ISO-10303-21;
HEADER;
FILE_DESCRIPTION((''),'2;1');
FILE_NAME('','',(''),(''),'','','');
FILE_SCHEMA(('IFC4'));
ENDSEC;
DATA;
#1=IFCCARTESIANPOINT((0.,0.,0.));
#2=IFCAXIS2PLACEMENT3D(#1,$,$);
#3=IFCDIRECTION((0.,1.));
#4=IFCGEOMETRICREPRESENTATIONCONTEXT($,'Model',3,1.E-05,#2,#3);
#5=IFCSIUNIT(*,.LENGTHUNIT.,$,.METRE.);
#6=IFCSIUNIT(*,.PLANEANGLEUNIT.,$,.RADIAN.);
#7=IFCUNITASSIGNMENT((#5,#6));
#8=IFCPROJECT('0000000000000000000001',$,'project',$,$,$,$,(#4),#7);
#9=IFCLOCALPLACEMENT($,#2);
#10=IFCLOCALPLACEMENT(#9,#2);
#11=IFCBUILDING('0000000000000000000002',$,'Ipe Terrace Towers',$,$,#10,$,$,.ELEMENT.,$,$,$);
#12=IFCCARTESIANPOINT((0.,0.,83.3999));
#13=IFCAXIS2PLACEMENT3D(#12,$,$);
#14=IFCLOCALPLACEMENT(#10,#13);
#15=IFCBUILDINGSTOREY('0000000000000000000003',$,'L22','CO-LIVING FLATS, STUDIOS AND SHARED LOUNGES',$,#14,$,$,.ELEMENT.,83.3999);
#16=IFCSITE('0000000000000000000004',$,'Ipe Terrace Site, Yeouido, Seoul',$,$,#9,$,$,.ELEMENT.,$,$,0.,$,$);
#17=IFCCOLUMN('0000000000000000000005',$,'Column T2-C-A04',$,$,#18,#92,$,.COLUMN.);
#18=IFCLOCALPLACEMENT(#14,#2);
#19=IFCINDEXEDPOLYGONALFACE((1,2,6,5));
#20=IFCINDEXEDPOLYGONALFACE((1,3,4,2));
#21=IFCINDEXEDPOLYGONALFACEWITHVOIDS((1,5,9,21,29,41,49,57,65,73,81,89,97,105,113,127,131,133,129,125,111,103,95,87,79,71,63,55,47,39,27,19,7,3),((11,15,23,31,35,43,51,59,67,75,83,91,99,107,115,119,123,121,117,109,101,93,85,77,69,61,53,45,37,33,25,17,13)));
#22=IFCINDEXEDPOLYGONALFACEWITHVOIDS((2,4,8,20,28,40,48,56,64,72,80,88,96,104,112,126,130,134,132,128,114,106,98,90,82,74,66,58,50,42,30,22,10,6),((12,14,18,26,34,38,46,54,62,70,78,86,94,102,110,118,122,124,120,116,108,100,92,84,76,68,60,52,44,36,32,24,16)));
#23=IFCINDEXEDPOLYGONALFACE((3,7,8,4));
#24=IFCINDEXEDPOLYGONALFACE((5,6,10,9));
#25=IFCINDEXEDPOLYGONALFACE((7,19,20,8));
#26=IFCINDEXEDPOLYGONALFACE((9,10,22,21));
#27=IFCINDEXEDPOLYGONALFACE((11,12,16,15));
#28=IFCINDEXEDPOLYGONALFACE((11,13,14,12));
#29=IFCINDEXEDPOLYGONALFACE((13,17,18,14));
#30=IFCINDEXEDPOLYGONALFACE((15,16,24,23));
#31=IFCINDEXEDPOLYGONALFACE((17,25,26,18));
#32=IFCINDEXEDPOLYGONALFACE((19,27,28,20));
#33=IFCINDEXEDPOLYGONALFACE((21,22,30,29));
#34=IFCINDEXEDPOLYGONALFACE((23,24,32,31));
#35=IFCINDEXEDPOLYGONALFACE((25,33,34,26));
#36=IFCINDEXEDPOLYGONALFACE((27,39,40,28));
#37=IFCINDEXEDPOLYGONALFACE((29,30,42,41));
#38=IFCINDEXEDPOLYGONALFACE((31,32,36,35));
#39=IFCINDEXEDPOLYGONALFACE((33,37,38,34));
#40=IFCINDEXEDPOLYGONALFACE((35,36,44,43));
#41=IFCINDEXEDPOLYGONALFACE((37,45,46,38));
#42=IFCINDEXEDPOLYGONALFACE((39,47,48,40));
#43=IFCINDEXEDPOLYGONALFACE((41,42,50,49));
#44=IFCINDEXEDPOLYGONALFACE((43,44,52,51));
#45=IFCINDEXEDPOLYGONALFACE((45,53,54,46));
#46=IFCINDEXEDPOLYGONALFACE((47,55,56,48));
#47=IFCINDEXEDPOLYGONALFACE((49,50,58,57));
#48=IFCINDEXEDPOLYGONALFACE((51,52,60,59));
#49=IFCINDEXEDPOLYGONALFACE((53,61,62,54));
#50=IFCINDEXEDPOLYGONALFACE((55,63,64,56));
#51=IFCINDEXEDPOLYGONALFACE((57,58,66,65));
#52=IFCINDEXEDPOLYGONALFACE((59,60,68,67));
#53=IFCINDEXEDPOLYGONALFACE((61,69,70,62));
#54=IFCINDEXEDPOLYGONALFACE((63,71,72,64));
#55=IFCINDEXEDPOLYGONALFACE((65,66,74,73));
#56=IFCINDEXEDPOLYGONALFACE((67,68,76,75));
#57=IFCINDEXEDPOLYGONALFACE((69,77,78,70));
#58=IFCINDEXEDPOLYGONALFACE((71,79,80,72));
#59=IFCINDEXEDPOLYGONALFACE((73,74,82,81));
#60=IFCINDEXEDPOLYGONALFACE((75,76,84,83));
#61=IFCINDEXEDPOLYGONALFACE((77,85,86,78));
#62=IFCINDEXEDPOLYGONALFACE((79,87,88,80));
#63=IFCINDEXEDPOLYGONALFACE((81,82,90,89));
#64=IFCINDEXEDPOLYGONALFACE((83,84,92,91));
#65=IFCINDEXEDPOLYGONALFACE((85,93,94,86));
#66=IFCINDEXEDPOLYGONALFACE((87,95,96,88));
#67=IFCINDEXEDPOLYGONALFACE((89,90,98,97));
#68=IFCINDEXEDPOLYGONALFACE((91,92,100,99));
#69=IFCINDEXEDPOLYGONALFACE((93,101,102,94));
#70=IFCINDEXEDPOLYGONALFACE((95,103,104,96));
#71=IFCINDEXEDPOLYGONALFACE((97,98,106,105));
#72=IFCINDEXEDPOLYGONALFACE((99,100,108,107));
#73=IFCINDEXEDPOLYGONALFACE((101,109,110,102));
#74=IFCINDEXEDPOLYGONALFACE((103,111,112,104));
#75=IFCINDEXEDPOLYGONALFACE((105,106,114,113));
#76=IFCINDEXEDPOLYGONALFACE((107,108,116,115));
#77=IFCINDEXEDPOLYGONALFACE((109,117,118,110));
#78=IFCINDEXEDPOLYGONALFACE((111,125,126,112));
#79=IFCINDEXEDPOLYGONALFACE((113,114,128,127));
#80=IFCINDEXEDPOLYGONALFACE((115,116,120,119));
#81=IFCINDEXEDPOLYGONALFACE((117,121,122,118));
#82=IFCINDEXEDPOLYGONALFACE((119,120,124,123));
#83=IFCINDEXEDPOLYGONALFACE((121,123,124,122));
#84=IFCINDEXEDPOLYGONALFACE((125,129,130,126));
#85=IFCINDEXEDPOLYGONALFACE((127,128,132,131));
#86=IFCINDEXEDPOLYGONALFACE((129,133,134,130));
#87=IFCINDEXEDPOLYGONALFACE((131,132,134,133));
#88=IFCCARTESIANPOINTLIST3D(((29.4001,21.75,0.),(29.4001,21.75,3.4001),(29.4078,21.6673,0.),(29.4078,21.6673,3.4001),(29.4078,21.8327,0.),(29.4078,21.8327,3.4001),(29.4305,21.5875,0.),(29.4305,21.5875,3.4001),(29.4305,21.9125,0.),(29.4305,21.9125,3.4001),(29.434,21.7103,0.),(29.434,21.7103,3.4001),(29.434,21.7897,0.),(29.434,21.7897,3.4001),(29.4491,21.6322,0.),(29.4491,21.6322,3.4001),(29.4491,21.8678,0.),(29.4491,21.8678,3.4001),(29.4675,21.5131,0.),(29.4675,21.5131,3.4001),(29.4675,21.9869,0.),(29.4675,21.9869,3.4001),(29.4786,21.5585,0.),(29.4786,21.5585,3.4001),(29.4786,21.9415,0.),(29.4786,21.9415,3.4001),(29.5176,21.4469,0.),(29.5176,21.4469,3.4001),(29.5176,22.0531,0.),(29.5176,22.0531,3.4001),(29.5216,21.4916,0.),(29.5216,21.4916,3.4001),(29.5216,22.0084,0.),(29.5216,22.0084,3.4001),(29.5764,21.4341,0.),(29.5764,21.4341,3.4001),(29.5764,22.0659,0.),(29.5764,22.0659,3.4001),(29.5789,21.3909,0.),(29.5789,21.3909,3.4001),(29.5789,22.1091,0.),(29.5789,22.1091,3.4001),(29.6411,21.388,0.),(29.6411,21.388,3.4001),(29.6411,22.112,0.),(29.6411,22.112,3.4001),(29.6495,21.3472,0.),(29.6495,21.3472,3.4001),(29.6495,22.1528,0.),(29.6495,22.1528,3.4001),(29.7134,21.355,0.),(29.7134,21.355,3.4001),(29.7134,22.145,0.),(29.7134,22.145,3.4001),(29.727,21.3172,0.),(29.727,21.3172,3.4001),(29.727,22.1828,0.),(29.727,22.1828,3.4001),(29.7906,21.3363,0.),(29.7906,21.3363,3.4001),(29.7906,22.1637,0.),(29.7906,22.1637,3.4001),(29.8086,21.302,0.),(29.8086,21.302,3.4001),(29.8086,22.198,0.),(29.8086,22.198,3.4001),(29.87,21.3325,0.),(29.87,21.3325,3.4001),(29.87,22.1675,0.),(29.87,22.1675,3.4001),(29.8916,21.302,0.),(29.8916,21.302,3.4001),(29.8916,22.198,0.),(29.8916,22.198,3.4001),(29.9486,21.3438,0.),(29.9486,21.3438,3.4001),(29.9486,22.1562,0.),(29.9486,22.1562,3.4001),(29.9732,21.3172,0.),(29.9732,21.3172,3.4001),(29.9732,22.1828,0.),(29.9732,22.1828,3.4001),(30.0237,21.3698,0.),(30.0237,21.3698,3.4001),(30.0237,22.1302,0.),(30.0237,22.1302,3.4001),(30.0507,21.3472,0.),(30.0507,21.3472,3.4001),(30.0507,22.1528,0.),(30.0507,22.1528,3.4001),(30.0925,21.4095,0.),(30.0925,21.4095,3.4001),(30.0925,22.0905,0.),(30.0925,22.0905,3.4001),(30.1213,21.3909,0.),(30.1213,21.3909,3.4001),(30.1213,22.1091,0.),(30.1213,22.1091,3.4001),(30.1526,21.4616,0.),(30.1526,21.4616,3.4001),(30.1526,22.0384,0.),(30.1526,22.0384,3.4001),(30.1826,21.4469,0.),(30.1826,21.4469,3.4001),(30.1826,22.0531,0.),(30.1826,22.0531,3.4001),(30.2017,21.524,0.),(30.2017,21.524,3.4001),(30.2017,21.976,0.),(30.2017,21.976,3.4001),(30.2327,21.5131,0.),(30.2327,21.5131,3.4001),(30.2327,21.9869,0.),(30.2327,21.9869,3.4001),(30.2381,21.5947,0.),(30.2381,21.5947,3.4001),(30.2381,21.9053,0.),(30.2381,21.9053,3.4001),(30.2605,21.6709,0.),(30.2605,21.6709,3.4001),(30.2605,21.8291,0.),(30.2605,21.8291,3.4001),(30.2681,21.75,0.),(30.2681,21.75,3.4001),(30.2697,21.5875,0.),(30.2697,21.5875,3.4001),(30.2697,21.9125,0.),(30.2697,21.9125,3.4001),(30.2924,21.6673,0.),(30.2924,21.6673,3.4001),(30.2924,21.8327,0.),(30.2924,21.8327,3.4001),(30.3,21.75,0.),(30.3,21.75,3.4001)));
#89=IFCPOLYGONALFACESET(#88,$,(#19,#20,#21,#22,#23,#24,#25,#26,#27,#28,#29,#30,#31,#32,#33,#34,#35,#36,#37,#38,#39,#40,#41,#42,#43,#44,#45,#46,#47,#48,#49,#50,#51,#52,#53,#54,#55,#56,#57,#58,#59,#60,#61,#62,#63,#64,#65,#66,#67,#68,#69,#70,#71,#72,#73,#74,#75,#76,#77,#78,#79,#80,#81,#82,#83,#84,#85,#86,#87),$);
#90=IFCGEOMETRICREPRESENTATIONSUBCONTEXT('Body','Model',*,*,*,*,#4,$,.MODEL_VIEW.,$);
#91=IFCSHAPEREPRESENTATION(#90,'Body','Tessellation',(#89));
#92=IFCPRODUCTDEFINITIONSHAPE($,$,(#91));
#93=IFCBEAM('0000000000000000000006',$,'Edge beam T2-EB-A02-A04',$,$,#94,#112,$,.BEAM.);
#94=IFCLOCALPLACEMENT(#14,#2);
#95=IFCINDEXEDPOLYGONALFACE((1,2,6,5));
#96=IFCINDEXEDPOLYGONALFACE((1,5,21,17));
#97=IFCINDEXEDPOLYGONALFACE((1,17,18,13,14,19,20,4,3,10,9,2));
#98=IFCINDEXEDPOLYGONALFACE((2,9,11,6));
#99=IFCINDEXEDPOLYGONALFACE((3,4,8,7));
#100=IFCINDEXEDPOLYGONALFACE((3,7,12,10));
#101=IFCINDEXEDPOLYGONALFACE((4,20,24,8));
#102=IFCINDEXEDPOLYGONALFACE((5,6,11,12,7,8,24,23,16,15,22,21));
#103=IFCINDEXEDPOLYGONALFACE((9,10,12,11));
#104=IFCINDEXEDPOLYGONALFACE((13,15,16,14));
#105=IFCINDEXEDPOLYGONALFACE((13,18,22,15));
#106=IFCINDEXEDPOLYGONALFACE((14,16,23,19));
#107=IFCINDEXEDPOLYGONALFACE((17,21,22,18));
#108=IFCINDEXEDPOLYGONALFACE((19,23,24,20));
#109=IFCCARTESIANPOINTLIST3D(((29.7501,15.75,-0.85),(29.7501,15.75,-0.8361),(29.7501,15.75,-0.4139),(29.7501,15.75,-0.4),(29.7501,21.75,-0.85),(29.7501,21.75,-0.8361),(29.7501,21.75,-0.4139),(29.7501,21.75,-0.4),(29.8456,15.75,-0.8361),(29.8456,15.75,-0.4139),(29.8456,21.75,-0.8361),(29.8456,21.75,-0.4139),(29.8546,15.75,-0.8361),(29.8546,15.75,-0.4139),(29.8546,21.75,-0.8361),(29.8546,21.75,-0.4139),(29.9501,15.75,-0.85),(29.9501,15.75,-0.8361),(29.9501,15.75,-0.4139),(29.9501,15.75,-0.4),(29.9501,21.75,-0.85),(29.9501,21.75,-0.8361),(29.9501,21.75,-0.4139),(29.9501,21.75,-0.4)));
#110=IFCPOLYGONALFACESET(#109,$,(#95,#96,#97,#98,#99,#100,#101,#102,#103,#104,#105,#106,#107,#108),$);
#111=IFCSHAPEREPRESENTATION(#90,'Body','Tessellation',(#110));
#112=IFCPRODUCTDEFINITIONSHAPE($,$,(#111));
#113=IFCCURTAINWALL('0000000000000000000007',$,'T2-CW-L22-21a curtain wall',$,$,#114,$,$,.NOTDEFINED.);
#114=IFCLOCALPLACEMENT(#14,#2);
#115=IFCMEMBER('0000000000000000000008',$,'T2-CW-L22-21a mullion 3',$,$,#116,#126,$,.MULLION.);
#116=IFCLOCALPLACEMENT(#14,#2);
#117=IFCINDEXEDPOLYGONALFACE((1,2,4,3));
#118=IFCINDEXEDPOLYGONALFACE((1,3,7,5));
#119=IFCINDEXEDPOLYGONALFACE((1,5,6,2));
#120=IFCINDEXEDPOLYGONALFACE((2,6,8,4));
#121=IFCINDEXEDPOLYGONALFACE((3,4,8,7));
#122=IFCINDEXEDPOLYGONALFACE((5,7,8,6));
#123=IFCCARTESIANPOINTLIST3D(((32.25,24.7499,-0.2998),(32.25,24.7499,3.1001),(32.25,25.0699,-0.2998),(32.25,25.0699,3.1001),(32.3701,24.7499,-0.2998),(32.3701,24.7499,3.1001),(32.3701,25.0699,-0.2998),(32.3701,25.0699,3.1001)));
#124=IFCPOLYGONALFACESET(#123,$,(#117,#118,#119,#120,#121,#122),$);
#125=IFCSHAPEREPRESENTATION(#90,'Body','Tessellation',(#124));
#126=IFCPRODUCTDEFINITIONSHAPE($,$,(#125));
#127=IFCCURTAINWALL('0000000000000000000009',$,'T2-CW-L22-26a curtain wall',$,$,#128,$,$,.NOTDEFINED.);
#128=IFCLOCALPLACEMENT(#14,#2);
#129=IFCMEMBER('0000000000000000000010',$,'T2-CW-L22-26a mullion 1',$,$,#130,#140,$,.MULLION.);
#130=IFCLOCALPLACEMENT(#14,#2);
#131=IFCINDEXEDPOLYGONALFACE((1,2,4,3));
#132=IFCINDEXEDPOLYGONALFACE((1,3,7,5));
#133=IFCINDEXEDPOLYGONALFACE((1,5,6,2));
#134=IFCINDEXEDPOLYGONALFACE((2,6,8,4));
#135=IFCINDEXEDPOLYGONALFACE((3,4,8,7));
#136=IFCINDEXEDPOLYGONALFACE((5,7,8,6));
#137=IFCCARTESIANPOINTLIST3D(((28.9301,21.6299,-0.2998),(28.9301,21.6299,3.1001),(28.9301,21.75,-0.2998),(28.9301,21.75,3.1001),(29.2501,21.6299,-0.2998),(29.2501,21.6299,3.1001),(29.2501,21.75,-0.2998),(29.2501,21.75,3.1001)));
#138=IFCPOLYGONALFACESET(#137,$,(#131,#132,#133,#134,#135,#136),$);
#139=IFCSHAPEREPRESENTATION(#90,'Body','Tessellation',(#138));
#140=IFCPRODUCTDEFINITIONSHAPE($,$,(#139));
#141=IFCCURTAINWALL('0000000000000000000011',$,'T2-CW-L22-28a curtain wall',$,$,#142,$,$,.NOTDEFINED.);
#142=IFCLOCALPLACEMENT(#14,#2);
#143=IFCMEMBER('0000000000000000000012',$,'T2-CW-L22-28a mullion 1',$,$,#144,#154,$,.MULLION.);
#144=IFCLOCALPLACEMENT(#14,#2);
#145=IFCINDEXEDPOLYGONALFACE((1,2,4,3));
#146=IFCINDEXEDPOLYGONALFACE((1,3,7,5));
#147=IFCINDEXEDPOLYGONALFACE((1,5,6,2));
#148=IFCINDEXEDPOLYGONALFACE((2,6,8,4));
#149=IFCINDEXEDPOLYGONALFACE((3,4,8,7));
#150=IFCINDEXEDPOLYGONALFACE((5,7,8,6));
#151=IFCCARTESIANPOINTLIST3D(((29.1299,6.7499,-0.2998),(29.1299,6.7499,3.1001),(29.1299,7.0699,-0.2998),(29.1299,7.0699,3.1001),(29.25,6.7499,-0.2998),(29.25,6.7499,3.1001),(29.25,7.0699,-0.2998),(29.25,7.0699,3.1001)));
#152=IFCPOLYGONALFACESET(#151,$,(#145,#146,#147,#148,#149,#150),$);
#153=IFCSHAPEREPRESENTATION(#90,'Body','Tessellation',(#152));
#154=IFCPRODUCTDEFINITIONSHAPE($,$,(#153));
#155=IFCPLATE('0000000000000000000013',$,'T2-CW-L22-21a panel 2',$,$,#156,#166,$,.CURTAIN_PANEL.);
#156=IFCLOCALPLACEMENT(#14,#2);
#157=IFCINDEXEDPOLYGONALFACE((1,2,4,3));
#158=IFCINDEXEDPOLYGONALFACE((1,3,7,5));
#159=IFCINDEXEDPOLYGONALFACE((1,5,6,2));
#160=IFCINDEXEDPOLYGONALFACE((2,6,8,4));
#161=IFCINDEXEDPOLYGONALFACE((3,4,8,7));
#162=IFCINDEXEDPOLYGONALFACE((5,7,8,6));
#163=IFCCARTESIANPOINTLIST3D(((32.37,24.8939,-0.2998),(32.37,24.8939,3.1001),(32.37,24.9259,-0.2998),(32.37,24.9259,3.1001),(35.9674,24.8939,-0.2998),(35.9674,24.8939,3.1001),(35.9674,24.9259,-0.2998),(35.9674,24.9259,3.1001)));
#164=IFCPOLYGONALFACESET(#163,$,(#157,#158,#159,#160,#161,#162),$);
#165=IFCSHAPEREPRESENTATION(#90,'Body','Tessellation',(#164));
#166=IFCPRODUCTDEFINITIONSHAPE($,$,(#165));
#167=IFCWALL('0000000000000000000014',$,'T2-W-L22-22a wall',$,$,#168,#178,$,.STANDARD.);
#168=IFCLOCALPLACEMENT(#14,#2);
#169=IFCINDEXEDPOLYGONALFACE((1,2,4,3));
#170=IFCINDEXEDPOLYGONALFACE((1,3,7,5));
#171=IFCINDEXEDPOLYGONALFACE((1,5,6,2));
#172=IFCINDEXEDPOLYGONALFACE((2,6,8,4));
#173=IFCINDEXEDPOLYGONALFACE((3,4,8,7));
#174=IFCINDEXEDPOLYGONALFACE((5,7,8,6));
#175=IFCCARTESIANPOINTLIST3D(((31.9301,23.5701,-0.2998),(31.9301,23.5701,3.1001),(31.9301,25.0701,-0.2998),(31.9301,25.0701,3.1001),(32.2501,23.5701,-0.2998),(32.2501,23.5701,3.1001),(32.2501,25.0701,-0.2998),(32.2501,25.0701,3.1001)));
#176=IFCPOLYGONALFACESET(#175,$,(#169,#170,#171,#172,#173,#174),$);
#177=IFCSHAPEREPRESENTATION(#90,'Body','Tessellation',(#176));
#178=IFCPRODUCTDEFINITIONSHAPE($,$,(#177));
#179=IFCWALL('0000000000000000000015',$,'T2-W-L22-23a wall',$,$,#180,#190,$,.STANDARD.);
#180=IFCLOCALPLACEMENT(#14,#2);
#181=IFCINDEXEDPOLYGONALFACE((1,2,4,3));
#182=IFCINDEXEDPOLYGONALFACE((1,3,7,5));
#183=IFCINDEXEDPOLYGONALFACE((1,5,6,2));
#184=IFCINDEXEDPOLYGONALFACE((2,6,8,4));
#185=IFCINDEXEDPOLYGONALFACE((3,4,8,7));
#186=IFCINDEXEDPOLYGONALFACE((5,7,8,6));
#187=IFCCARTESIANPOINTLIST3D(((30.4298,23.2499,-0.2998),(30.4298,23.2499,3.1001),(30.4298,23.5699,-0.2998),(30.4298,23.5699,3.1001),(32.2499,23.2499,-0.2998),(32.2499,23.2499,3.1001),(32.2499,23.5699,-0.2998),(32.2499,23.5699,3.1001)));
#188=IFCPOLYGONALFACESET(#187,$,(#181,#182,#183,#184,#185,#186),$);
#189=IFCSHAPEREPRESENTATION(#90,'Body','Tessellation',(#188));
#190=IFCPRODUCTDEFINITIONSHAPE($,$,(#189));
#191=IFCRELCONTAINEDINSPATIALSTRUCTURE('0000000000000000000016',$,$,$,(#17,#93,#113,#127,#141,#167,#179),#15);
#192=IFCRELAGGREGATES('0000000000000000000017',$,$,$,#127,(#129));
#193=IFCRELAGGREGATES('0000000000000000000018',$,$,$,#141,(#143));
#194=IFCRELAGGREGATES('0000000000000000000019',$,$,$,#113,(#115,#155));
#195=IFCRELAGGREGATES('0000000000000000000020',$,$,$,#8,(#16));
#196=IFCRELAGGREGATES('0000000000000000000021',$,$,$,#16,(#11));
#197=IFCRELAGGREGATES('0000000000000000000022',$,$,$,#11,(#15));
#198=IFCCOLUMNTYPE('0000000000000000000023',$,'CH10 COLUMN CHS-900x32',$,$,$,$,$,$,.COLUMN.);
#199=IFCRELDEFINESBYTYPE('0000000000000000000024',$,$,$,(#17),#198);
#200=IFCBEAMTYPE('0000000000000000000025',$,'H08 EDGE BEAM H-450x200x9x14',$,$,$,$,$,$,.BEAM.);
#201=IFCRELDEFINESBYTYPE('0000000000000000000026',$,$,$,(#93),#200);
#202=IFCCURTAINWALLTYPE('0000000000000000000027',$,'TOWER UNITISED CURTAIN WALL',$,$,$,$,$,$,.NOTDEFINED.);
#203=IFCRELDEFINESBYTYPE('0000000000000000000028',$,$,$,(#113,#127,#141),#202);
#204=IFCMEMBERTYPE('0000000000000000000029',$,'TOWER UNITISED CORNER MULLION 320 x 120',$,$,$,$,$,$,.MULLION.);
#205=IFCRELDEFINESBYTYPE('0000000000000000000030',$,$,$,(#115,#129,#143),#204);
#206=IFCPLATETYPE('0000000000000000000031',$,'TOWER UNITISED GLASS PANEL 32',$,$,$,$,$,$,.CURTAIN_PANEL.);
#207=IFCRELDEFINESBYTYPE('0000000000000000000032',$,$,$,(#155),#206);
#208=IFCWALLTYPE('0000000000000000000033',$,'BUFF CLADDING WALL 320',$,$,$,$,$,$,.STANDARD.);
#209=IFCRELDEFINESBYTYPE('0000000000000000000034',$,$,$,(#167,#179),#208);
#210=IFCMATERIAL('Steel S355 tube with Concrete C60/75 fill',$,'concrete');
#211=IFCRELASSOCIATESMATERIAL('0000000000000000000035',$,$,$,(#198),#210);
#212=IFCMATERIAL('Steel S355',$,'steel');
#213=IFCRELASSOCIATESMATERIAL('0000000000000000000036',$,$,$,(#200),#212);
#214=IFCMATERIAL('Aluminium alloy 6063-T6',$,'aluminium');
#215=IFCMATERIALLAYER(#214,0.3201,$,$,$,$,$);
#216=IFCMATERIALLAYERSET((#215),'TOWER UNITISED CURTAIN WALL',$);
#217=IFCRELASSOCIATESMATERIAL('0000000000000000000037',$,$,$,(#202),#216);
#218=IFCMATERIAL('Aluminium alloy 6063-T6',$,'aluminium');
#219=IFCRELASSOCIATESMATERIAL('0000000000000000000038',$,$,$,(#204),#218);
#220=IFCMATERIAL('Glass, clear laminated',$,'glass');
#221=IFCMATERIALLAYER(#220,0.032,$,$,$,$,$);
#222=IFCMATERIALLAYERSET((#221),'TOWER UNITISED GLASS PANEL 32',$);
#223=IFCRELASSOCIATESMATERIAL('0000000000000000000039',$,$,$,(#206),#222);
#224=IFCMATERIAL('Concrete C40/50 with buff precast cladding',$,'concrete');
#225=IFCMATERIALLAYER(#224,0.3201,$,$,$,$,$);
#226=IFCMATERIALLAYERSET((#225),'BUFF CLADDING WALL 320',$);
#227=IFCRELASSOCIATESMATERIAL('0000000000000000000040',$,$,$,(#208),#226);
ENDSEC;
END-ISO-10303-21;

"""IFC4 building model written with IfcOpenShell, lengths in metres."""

from ifc_helpers import new_model, si_unit, direction, frame, frame_2d, origin, origin_2d, place, context, subcontext, project, spatial, rectangle, hollow_circle, i_section, extrude, material, layer, layer_set, material_profile, profile_set, type_object, element, aggregate, save


model = new_model("IFC4")

# Units and contexts
model_context = context("Model", 3, precision=1e-05, world=origin(), true_north=direction((0.0, 1.0)))
body_context = subcontext(model_context, "Body", "Model", "MODEL_VIEW")
ifc_project = project(units=[si_unit("LENGTHUNIT", "METRE"), si_unit("PLANEANGLEUNIT", "RADIAN")], contexts=[model_context])

# Site, building, storey
site_placement = place(None, origin())
site = spatial("IfcSite", under=ifc_project, at=site_placement, Name="Ipe Terrace Site, Yeouido, Seoul", CompositionType="ELEMENT", RefElevation=0.0)
building_placement = place(site_placement, origin())
building = spatial("IfcBuilding", under=site, at=building_placement, Name="Ipe Terrace Towers", CompositionType="ELEMENT")
storey_placement = place(building_placement, frame((0.0, 0.0, 83.3999)))
storey = spatial("IfcBuildingStorey", under=building, at=storey_placement, Name="L22", Description="CO-LIVING FLATS, STUDIOS AND SHARED LOUNGES", CompositionType="ELEMENT", Elevation=83.3999)

# Column
ifc_material_1 = material(Name="Steel S355 tube with Concrete C60/75 fill", Category="concrete")
ifc_material_profile_1 = material_profile(ifc_material_1, hollow_circle(Radius=0.45, WallThickness=0.032, at=origin_2d()), Name="CHS-900x32")
ifc_profile_set_1 = profile_set([ifc_material_profile_1], Name="Steel S355 tube with Concrete C60/75 fill")
column_type_1 = type_object("IfcColumnType", Name="CH10 COLUMN CHS-900x32", PredefinedType="COLUMN", material=ifc_profile_set_1)
for number, where, z_axis, x_axis, name in (
    (1, (29.8501, 21.75, 0.0), (0.0, 0.0, 1.0), (1.0, 0.0, 0.0), "Column T2-C-A04"),
):
    element("IfcColumn", number, at=place(storey_placement, frame(where, z_axis=z_axis, x_axis=x_axis)), inside=storey, type_object=column_type_1, Name=name, PredefinedType="COLUMN", context=body_context, shape_type="SweptSolid", body=[
        extrude(hollow_circle(Radius=0.45, WallThickness=0.032, at=origin_2d()), origin(), (0.0, 0.0, 1.0), 3.4001),
    ])

# Beam
ifc_material_2 = material(Name="Steel S355", Category="steel")
ifc_material_profile_2 = material_profile(ifc_material_2, i_section(OverallWidth=0.2, OverallDepth=0.45, WebThickness=0.009, FlangeThickness=0.0139, at=origin_2d()), Name="H-450x200x9x14")
ifc_profile_set_2 = profile_set([ifc_material_profile_2], Name="Steel S355")
beam_type = type_object("IfcBeamType", Name="H08 EDGE BEAM H-450x200x9x14", PredefinedType="BEAM", material=ifc_profile_set_2)
beam_placement = place(storey_placement, frame((29.8501, 15.75, -0.625), z_axis=(0.0, 1.0, 0.0), x_axis=(-1.0, 0.0, 0.0)))
element("IfcBeam", 2, at=beam_placement, inside=storey, type_object=beam_type, Name="Edge beam T2-EB-A02-A04", PredefinedType="BEAM", context=body_context, shape_type="SweptSolid", body=[
    extrude(i_section(OverallWidth=0.2, OverallDepth=0.45, WebThickness=0.009, FlangeThickness=0.0139, at=origin_2d()), origin(), (0.0, 0.0, 1.0), 6.0),
])

# Curtain walls, members
ifc_material_3 = material(Name="Aluminium alloy 6063-T6", Category="aluminium")
ifc_layer_1 = layer(ifc_material_3, 0.3201)
ifc_layer_set_1 = layer_set([ifc_layer_1], Name="TOWER UNITISED CURTAIN WALL")
curtain_wall_type = type_object("IfcCurtainWallType", Name="TOWER UNITISED CURTAIN WALL", PredefinedType="NOTDEFINED", material=ifc_layer_set_1)
curtain_wall_1_placement = place(storey_placement, origin())
curtain_wall_1 = element("IfcCurtainWall", 3, at=curtain_wall_1_placement, inside=storey, type_object=curtain_wall_type, Name="T2-CW-L22-21a curtain wall", PredefinedType="NOTDEFINED")
ifc_material_4 = material(Name="Aluminium alloy 6063-T6", Category="aluminium")
ifc_material_profile_3 = material_profile(ifc_material_4, rectangle(XDim=0.3201, YDim=0.1201, at=origin_2d()), Name="TOWER UNITISED CORNER MULLION 320 x 120")
ifc_profile_set_3 = profile_set([ifc_material_profile_3], Name="Aluminium alloy 6063-T6")
member_type = type_object("IfcMemberType", Name="TOWER UNITISED CORNER MULLION 320 x 120", PredefinedType="MULLION", material=ifc_profile_set_3)
member_1_placement = place(storey_placement, frame((32.3101, 24.9099, -0.2998), z_axis=(0.0, 0.0, 1.0), x_axis=(0.0, 1.0, 0.0)))
member_1 = element("IfcMember", 4, at=member_1_placement, type_object=member_type, Name="T2-CW-L22-21a mullion 3", PredefinedType="MULLION", context=body_context, shape_type="SweptSolid", body=[
    extrude(rectangle(XDim=0.3201, YDim=0.1201, at=origin_2d()), origin(), (0.0, 0.0, 1.0), 3.3999),
])
curtain_wall_2_placement = place(storey_placement, origin())
curtain_wall_2 = element("IfcCurtainWall", 5, at=curtain_wall_2_placement, inside=storey, type_object=curtain_wall_type, Name="T2-CW-L22-26a curtain wall", PredefinedType="NOTDEFINED")
member_2_placement = place(storey_placement, frame((29.0901, 21.6899, -0.2998), z_axis=(0.0, 0.0, 1.0), x_axis=(-1.0, 0.0, 0.0)))
member_2 = element("IfcMember", 6, at=member_2_placement, type_object=member_type, Name="T2-CW-L22-26a mullion 1", PredefinedType="MULLION", context=body_context, shape_type="SweptSolid", body=[
    extrude(rectangle(XDim=0.3201, YDim=0.1201, at=origin_2d()), origin(), (0.0, 0.0, 1.0), 3.3999),
])
aggregate(curtain_wall_2, [member_2])
curtain_wall_3_placement = place(storey_placement, origin())
curtain_wall_3 = element("IfcCurtainWall", 7, at=curtain_wall_3_placement, inside=storey, type_object=curtain_wall_type, Name="T2-CW-L22-28a curtain wall", PredefinedType="NOTDEFINED")
member_3_placement = place(storey_placement, frame((29.1899, 6.9099, -0.2998), z_axis=(0.0, 0.0, 1.0), x_axis=(0.0, 1.0, 0.0)))
member_3 = element("IfcMember", 8, at=member_3_placement, type_object=member_type, Name="T2-CW-L22-28a mullion 1", PredefinedType="MULLION", context=body_context, shape_type="SweptSolid", body=[
    extrude(rectangle(XDim=0.3201, YDim=0.1201, at=origin_2d()), origin(), (0.0, 0.0, 1.0), 3.3999),
])
aggregate(curtain_wall_3, [member_3])

# Plate
ifc_material_5 = material(Name="Glass, clear laminated", Category="glass")
ifc_layer_2 = layer(ifc_material_5, 0.032)
ifc_layer_set_2 = layer_set([ifc_layer_2], Name="TOWER UNITISED GLASS PANEL 32")
plate_type = type_object("IfcPlateType", Name="TOWER UNITISED GLASS PANEL 32", PredefinedType="CURTAIN_PANEL", material=ifc_layer_set_2)
plate_placement = place(storey_placement, frame((34.1687, 24.9099, -0.2998), z_axis=(0.0, 0.0, 1.0), x_axis=(-1.0, 0.0, 0.0)))
plate = element("IfcPlate", 9, at=plate_placement, type_object=plate_type, Name="T2-CW-L22-21a panel 2", PredefinedType="CURTAIN_PANEL", context=body_context, shape_type="SweptSolid", body=[
    extrude(rectangle(XDim=3.5974, YDim=0.032, at=origin_2d()), origin(), (0.0, 0.0, 1.0), 3.3999),
])
aggregate(curtain_wall_1, [member_1, plate])

# Walls
ifc_material_6 = material(Name="Concrete C40/50 with buff precast cladding", Category="concrete")
ifc_layer_3 = layer(ifc_material_6, 0.3201)
ifc_layer_set_3 = layer_set([ifc_layer_3], Name="BUFF CLADDING WALL 320")
wall_type_1 = type_object("IfcWallType", Name="BUFF CLADDING WALL 320", PredefinedType="STANDARD", material=ifc_layer_set_3)
wall_1_placement = place(storey_placement, frame((32.0901, 25.0701, -0.2998), z_axis=(0.0, 0.0, 1.0), x_axis=(0.0, -1.0, 0.0)))
element("IfcWall", 10, at=wall_1_placement, inside=storey, type_object=wall_type_1, Name="T2-W-L22-22a wall", PredefinedType="STANDARD", context=body_context, shape_type="SweptSolid", body=[
    extrude(rectangle(XDim=1.5, YDim=0.3201, at=frame_2d((0.75, 0.0))), origin(), (0.0, 0.0, 1.0), 3.3999),
])
wall_2_placement = place(storey_placement, frame((32.25, 23.4099, -0.2998), z_axis=(0.0, 0.0, 1.0), x_axis=(-1.0, 0.0, 0.0)))
element("IfcWall", 11, at=wall_2_placement, inside=storey, type_object=wall_type_1, Name="T2-W-L22-23a wall", PredefinedType="STANDARD", context=body_context, shape_type="SweptSolid", body=[
    extrude(rectangle(XDim=1.8201, YDim=0.3201, at=frame_2d((0.9102, 0.0))), origin(), (0.0, 0.0, 1.0), 3.3999),
])

save(model, "model.ifc")
